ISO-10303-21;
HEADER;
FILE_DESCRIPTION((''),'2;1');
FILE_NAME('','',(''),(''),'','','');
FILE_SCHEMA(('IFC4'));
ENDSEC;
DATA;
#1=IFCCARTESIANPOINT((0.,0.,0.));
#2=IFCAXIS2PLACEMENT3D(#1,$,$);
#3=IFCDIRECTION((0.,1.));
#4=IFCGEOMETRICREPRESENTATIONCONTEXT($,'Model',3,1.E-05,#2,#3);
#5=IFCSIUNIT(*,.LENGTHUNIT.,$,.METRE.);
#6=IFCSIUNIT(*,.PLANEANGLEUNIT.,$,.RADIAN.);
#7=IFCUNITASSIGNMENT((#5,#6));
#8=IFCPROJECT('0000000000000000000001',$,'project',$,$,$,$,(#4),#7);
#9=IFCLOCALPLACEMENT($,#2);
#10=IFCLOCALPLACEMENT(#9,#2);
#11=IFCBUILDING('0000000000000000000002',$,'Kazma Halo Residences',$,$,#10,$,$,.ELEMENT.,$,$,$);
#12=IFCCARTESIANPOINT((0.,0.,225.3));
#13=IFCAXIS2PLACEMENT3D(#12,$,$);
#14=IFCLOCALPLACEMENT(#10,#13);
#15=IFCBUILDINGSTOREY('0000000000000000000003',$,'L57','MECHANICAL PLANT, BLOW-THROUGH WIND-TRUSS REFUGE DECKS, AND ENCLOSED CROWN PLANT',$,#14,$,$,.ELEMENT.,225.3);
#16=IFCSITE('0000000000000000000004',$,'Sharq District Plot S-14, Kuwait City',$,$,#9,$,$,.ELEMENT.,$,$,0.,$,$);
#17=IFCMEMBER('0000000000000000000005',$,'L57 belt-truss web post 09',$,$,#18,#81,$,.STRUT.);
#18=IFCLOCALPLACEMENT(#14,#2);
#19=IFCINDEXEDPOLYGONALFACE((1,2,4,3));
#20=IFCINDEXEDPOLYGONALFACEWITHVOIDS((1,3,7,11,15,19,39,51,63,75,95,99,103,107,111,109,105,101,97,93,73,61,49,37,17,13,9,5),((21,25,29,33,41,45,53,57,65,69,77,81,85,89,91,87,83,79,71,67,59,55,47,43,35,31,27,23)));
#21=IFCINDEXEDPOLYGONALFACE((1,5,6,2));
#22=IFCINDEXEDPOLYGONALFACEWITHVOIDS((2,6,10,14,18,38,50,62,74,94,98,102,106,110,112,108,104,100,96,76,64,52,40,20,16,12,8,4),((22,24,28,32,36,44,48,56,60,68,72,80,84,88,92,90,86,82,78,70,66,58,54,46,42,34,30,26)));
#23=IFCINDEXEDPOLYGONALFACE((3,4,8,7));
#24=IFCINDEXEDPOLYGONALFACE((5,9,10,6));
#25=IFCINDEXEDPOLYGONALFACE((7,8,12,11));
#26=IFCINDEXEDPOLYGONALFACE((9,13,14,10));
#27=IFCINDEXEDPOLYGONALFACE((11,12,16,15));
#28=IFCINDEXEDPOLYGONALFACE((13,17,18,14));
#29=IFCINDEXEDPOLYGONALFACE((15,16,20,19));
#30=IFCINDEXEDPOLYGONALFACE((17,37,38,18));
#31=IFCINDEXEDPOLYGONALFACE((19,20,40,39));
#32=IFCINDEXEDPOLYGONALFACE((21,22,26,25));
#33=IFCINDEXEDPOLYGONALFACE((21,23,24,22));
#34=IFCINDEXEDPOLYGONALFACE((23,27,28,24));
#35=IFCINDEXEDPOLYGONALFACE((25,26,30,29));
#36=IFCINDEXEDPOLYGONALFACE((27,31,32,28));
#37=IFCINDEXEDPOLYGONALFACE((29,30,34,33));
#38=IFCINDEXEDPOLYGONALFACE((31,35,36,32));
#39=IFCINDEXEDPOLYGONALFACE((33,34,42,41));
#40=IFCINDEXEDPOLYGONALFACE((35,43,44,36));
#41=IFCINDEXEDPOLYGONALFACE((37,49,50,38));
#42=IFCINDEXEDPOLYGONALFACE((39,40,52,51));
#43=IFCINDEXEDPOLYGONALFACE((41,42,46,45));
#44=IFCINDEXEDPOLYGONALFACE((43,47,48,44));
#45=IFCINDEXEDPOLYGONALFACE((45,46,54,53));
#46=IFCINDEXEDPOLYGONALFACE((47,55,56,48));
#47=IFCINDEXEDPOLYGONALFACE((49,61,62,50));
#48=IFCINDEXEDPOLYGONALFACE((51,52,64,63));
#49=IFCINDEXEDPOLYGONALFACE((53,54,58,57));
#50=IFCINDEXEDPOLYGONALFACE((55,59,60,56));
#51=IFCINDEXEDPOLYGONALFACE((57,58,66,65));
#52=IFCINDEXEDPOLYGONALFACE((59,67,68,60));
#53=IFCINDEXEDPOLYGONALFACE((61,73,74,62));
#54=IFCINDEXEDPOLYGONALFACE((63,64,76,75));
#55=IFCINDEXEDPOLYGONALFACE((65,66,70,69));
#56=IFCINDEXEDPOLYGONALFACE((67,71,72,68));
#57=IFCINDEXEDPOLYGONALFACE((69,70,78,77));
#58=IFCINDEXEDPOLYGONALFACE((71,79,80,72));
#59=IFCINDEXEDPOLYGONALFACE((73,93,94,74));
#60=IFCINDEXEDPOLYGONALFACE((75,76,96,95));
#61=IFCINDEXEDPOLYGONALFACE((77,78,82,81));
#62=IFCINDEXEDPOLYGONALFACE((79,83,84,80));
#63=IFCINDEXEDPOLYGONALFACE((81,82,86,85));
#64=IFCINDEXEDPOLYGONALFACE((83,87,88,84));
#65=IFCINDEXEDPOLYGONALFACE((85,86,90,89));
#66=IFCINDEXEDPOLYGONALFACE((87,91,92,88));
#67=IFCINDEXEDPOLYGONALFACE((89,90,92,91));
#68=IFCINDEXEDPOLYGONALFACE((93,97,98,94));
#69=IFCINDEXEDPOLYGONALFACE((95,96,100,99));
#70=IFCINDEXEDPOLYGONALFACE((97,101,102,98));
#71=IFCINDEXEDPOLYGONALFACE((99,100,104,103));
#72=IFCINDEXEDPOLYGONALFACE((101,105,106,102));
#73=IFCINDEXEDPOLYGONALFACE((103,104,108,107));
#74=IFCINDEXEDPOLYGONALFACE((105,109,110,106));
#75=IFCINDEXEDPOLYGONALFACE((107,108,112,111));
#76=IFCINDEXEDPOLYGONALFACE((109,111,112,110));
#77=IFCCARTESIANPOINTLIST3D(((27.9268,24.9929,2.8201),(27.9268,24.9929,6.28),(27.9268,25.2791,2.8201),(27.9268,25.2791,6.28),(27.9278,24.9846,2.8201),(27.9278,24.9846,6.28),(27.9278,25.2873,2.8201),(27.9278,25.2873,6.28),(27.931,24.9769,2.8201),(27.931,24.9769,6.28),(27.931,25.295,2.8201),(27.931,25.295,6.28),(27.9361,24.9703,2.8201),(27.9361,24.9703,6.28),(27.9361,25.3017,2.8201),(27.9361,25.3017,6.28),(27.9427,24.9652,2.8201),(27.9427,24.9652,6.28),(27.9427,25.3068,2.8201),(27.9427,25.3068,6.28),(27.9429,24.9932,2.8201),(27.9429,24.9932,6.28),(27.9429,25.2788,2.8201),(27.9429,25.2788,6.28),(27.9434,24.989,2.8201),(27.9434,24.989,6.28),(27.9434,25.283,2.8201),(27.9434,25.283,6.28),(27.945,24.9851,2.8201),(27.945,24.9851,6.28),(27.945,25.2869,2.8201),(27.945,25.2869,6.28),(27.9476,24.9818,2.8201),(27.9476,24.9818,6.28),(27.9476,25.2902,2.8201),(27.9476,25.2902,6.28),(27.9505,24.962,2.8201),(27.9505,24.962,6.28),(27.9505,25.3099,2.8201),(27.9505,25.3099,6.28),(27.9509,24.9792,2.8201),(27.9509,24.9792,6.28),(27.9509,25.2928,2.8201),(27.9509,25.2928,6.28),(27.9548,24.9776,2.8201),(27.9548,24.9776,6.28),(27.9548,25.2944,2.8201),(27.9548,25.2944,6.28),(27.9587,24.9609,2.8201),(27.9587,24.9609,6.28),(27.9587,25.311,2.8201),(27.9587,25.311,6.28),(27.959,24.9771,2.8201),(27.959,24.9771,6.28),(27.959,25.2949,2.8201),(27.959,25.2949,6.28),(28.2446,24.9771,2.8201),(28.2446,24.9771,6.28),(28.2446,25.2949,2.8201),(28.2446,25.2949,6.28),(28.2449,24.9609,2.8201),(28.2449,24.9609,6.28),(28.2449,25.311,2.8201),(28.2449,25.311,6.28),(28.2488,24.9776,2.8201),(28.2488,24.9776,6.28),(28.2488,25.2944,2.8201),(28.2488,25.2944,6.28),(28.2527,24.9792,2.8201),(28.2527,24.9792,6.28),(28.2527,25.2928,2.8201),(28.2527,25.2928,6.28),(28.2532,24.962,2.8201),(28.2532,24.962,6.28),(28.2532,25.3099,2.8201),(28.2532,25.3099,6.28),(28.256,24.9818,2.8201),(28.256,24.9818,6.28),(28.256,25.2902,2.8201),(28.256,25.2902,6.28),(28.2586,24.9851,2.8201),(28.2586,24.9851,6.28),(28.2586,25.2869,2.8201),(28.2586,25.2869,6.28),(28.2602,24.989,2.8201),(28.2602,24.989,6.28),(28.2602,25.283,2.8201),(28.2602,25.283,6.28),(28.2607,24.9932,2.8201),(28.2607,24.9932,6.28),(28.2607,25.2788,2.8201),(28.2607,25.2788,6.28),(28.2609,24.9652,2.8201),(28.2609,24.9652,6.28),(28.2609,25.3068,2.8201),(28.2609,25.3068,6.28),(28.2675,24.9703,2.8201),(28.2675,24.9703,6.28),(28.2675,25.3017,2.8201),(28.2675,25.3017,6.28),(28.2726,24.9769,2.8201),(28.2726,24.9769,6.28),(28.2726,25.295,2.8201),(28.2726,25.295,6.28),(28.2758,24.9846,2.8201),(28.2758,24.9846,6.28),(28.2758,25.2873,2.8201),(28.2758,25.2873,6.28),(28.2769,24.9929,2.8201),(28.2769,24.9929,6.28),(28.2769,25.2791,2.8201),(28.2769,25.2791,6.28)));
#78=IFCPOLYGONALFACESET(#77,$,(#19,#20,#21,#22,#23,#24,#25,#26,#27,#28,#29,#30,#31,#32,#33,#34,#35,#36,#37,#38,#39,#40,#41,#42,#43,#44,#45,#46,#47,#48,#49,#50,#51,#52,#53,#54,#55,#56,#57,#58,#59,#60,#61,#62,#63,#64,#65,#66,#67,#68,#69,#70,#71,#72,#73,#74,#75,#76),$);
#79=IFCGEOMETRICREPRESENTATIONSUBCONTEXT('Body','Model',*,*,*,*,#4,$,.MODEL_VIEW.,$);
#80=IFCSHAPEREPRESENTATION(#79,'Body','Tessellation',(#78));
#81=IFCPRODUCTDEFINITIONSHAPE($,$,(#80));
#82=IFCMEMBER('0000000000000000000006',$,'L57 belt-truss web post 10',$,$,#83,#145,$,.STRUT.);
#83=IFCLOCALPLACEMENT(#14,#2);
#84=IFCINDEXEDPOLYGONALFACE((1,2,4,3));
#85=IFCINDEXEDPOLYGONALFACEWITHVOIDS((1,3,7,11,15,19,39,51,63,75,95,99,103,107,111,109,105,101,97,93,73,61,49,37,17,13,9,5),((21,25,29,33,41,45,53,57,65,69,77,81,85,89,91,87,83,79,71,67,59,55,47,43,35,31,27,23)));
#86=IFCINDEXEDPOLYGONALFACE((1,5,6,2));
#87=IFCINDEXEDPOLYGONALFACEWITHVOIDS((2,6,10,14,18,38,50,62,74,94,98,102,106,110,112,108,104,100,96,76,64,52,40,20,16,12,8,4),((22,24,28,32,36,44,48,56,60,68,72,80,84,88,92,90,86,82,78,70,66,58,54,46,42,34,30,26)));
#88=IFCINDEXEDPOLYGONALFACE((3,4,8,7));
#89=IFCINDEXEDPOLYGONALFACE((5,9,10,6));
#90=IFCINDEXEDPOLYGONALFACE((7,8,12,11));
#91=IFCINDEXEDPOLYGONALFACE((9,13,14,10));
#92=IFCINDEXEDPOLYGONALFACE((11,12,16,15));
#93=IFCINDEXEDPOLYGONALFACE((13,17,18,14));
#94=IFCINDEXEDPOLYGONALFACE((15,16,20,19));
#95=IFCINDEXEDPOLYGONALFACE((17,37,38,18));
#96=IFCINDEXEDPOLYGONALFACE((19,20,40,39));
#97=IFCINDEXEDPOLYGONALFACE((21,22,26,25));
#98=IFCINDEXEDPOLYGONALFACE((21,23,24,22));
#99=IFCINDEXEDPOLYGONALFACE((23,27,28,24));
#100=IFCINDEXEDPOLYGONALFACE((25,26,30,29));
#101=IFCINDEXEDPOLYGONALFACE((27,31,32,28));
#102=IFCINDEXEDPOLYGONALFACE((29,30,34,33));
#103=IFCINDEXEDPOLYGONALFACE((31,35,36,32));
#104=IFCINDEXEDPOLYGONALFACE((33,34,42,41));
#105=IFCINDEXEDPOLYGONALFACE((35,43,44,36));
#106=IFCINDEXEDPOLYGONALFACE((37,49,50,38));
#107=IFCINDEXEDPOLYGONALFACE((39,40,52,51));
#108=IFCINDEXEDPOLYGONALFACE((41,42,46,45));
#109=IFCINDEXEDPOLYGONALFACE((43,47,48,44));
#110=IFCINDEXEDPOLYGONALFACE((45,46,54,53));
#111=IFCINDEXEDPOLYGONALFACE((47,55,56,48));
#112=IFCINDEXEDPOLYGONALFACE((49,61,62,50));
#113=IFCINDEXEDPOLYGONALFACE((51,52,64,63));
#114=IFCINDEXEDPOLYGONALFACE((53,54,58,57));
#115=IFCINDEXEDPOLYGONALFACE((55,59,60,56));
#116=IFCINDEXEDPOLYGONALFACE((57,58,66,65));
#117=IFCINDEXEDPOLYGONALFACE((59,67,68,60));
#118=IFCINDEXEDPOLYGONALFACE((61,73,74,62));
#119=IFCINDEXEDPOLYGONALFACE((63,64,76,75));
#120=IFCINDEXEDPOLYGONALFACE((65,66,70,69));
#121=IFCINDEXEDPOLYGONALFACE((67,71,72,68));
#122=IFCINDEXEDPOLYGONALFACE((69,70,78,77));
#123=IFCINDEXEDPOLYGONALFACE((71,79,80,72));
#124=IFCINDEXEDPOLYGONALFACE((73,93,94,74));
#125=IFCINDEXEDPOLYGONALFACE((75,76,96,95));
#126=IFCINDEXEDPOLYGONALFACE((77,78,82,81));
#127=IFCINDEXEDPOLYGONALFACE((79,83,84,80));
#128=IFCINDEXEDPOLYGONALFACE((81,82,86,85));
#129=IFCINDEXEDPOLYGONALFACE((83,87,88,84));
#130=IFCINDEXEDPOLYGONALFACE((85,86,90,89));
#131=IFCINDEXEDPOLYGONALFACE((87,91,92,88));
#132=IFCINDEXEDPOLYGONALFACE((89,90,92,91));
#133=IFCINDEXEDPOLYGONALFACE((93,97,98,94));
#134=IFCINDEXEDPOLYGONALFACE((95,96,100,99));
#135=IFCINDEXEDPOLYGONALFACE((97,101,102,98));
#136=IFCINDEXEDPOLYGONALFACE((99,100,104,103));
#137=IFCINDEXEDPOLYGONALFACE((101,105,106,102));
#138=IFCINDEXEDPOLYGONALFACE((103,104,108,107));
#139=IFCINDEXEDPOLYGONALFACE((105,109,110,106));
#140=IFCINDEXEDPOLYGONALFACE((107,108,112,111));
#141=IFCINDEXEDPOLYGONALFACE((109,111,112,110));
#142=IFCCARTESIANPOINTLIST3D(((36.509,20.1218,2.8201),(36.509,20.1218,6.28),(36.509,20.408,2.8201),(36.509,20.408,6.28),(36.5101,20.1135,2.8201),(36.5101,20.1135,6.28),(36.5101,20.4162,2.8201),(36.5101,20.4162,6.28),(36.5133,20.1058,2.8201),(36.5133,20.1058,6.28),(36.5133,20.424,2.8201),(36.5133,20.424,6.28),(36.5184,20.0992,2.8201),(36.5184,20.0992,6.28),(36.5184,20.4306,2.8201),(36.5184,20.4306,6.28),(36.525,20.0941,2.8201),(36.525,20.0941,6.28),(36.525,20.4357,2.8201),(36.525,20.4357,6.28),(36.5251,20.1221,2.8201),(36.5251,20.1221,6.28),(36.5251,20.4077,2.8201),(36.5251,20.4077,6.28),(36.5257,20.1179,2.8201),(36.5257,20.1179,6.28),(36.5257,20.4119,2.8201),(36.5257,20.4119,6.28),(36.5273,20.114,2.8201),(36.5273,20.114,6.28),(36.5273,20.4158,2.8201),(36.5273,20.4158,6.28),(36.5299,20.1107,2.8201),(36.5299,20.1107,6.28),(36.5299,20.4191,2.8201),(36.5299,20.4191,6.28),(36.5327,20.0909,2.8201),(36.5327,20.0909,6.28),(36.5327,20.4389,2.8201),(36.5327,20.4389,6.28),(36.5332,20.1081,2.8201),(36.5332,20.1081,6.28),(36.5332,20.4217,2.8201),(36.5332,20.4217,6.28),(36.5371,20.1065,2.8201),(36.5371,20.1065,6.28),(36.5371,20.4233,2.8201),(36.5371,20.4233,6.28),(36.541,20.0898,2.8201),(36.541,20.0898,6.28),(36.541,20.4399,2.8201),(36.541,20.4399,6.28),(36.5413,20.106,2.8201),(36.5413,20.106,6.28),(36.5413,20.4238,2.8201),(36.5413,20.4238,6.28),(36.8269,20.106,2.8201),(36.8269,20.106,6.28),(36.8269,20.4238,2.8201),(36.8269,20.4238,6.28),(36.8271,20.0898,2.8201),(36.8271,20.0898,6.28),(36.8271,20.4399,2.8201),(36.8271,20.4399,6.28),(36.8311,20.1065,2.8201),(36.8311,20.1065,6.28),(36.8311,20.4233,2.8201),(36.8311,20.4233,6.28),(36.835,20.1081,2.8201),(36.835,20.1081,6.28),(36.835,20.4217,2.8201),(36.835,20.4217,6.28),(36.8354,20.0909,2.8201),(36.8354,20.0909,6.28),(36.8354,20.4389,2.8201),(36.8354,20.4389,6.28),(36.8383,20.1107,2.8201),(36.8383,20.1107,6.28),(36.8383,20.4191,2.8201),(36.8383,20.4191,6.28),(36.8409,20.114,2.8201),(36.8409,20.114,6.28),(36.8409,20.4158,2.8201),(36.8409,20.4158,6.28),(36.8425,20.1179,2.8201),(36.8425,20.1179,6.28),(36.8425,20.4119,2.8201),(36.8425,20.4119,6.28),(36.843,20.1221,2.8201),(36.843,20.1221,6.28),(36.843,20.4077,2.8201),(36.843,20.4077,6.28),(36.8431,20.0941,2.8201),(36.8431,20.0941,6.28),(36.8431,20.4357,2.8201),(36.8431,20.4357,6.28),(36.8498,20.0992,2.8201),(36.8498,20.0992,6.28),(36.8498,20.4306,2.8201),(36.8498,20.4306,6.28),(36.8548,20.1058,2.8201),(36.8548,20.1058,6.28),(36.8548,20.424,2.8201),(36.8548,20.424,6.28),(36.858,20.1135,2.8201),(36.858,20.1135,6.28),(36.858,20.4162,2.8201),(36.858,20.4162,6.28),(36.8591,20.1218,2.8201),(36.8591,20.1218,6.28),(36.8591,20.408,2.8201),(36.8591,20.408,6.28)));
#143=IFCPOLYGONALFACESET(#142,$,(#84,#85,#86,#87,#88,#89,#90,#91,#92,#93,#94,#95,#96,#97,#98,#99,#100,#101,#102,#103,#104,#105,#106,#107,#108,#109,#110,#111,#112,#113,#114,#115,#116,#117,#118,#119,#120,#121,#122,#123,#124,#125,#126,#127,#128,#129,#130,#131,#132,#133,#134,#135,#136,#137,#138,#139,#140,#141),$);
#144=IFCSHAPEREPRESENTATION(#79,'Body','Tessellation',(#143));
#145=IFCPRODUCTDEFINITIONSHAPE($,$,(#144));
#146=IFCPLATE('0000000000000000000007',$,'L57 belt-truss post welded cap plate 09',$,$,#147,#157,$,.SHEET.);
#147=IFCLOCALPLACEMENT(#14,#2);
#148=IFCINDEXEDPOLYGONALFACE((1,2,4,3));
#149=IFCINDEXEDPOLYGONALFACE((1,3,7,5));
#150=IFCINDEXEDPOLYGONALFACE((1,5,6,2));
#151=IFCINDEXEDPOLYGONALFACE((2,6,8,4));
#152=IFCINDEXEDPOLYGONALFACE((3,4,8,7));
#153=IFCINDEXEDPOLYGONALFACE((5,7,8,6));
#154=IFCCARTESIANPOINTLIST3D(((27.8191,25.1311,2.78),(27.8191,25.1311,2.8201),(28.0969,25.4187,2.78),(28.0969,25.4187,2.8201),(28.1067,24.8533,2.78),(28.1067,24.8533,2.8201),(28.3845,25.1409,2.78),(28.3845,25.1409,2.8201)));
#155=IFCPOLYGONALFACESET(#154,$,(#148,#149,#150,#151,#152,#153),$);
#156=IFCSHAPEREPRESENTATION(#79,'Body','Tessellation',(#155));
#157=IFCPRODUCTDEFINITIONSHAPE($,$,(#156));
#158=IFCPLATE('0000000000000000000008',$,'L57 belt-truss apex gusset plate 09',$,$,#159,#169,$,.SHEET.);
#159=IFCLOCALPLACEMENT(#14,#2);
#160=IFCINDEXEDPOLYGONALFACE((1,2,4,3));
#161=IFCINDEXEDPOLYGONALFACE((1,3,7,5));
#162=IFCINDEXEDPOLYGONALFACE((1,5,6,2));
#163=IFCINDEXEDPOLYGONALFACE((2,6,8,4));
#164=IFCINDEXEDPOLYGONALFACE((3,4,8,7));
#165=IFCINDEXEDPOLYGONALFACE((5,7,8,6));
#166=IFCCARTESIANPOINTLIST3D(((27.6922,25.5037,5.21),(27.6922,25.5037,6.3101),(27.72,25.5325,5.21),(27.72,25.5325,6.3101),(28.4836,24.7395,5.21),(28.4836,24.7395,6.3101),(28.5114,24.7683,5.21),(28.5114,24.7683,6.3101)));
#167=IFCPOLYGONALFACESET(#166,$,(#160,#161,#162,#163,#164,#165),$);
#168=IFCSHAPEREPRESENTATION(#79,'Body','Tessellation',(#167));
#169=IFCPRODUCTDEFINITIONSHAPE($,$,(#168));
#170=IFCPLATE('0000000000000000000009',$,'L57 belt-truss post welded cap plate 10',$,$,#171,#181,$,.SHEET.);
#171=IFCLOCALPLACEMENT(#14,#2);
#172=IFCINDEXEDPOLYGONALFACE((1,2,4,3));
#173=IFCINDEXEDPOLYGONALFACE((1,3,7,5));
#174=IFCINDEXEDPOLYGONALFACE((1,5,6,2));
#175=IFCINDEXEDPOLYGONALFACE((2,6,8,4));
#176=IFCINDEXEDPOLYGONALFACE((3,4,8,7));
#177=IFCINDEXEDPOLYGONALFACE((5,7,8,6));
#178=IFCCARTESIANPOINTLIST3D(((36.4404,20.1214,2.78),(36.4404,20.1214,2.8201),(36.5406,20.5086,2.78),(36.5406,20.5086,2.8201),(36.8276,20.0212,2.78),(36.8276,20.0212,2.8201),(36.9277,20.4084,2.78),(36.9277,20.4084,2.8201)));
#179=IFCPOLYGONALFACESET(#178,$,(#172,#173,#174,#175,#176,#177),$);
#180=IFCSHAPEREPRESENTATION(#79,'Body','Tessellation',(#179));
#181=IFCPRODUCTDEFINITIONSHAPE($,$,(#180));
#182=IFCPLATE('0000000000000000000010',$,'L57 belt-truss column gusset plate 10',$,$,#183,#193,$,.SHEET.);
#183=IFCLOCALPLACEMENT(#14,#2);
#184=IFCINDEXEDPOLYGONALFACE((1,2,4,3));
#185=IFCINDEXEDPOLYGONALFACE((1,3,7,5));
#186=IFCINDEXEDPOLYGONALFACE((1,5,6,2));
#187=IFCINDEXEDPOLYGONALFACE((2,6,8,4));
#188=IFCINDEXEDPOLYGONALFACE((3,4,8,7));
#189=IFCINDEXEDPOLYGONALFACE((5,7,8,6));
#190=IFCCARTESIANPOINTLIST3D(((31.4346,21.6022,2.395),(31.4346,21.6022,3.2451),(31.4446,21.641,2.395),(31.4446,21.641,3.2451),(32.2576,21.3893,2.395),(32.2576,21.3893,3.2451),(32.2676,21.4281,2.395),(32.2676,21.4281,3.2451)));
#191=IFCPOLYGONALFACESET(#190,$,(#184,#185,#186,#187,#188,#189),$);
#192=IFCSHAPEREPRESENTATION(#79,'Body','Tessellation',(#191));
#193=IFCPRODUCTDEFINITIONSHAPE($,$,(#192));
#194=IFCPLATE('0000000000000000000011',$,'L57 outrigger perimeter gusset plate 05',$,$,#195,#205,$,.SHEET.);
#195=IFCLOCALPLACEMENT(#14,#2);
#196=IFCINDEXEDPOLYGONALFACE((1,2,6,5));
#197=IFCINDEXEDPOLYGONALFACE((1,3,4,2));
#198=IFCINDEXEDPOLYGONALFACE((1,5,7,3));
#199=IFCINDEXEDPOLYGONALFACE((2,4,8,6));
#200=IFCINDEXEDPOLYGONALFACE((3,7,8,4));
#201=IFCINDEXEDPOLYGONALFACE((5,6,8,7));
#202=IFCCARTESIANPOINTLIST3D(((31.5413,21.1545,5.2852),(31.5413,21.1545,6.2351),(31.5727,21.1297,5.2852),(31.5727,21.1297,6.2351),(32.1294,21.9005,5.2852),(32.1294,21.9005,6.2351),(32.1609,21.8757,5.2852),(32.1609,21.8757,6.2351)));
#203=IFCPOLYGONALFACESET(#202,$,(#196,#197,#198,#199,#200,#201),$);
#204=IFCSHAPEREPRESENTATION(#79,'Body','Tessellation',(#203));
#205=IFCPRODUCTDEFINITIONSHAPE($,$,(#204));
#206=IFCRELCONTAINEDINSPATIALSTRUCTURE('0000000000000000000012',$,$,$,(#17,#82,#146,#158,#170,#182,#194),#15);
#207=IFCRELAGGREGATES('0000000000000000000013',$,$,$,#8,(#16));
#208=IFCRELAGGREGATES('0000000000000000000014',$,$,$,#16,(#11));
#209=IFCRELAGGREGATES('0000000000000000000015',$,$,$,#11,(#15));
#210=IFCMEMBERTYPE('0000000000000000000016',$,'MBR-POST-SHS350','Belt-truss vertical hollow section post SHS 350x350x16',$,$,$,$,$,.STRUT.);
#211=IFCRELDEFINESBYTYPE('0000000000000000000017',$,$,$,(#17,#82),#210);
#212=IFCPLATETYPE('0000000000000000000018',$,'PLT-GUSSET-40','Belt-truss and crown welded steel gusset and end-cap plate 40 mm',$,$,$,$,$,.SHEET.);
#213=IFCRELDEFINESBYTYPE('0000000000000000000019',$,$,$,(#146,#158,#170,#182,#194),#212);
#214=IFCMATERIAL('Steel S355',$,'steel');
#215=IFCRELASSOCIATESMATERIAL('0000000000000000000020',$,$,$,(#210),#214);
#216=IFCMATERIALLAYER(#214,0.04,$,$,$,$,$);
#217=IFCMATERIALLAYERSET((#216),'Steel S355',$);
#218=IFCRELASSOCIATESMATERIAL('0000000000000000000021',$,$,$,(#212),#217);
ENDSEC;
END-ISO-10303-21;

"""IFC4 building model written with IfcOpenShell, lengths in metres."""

from ifc_helpers import new_model, si_unit, direction, frame, origin, origin_2d, place, context, subcontext, project, spatial, rectangle, hollow_rectangle, extrude, material, layer, layer_set, material_profile, profile_set, type_object, element, save


model = new_model("IFC4")

# Units and contexts
model_context = context("Model", 3, precision=1e-05, world=origin(), true_north=direction((0.0, 1.0)))
body_context = subcontext(model_context, "Body", "Model", "MODEL_VIEW")
ifc_project = project(units=[si_unit("LENGTHUNIT", "METRE"), si_unit("PLANEANGLEUNIT", "RADIAN")], contexts=[model_context])

# Site, building, storey
site_placement = place(None, origin())
site = spatial("IfcSite", under=ifc_project, at=site_placement, Name="Sharq District Plot S-14, Kuwait City", CompositionType="ELEMENT", RefElevation=0.0)
building_placement = place(site_placement, origin())
building = spatial("IfcBuilding", under=site, at=building_placement, Name="Kazma Halo Residences", CompositionType="ELEMENT")
storey_placement = place(building_placement, frame((0.0, 0.0, 225.3)))
storey = spatial("IfcBuildingStorey", under=building, at=storey_placement, Name="L57", Description="MECHANICAL PLANT, BLOW-THROUGH WIND-TRUSS REFUGE DECKS, AND ENCLOSED CROWN PLANT", CompositionType="ELEMENT", Elevation=225.3)

# Shared definitions
ifc_material_1 = material(Name="Steel S355", Category="steel")

# Members
ifc_material_profile_1 = material_profile(ifc_material_1, hollow_rectangle(XDim=0.3501, YDim=0.3501, WallThickness=0.0161, InnerFilletRadius=0.0161, OuterFilletRadius=0.032, at=origin_2d()), Name="SHS350x350x16")
ifc_profile_set_1 = profile_set([ifc_material_profile_1], Name="Steel S355")
member_type_1 = type_object("IfcMemberType", Name="MBR-POST-SHS350", Description="Belt-truss vertical hollow section post SHS 350x350x16", PredefinedType="STRUT", material=ifc_profile_set_1)
for number, where, z_axis, x_axis, name in (
    (1, (28.1018, 25.136, 2.8201), (0.0, 0.0, 1.0), (1.0, 0.0, 0.0), "L57 belt-truss web post 09"),
    (2, (36.6841, 20.2649, 2.8201), (0.0, 0.0, 1.0), (1.0, 0.0, 0.0), "L57 belt-truss web post 10"),
):
    element("IfcMember", number, at=place(storey_placement, frame(where, z_axis=z_axis, x_axis=x_axis)), inside=storey, type_object=member_type_1, Name=name, PredefinedType="STRUT", context=body_context, shape_type="SweptSolid", body=[
        extrude(hollow_rectangle(XDim=0.3501, YDim=0.3501, WallThickness=0.0161, InnerFilletRadius=0.0161, OuterFilletRadius=0.032, at=origin_2d()), origin(), (0.0, 0.0, 1.0), 3.46),
    ])

# Plates
ifc_layer_1 = layer(ifc_material_1, 0.04)
ifc_layer_set_1 = layer_set([ifc_layer_1], Name="Steel S355")
plate_type = type_object("IfcPlateType", Name="PLT-GUSSET-40", Description="Belt-truss and crown welded steel gusset and end-cap plate 40 mm", PredefinedType="SHEET", material=ifc_layer_set_1)
plate_1_placement = place(storey_placement, frame((28.1018, 25.136, 2.78), z_axis=(0.0, 0.0, 1.0), x_axis=(0.71934, -0.694658, 0.0)))
element("IfcPlate", 3, at=plate_1_placement, inside=storey, type_object=plate_type, Name="L57 belt-truss post welded cap plate 09", PredefinedType="SHEET", context=body_context, shape_type="SweptSolid", body=[
    extrude(rectangle(XDim=0.3999, YDim=0.3999, at=origin_2d()), origin(), (0.0, 0.0, 1.0), 0.04),
])
plate_2_placement = place(storey_placement, frame((28.1018, 25.136, 5.21), z_axis=(0.0, 0.0, 1.0), x_axis=(0.71934, -0.694658, 0.0)))
element("IfcPlate", 4, at=plate_2_placement, inside=storey, type_object=plate_type, Name="L57 belt-truss apex gusset plate 09", PredefinedType="SHEET", context=body_context, shape_type="SweptSolid", body=[
    extrude(rectangle(XDim=1.1001, YDim=0.04, at=origin_2d()), origin(), (0.0, 0.0, 1.0), 1.1001),
])
plate_3_placement = place(storey_placement, frame((36.6841, 20.2649, 2.78), z_axis=(0.0, 0.0, 1.0), x_axis=(0.968125, -0.250467, 0.0)))
element("IfcPlate", 5, at=plate_3_placement, inside=storey, type_object=plate_type, Name="L57 belt-truss post welded cap plate 10", PredefinedType="SHEET", context=body_context, shape_type="SweptSolid", body=[
    extrude(rectangle(XDim=0.3999, YDim=0.3999, at=origin_2d()), origin(), (0.0, 0.0, 1.0), 0.04),
])
plate_4_placement = place(storey_placement, frame((31.8511, 21.5151, 2.395), z_axis=(0.0, 0.0, 1.0), x_axis=(0.968125, -0.250467, 0.0)))
element("IfcPlate", 6, at=plate_4_placement, inside=storey, type_object=plate_type, Name="L57 belt-truss column gusset plate 10", PredefinedType="SHEET", context=body_context, shape_type="SweptSolid", body=[
    extrude(rectangle(XDim=0.8501, YDim=0.04, at=origin_2d()), origin(), (0.0, 0.0, 1.0), 0.8501),
])
plate_5_placement = place(storey_placement, frame((31.8511, 21.5151, 5.2852), z_axis=(0.0, 0.0, 1.0), x_axis=(-0.619093, -0.785317, 0.0)))
element("IfcPlate", 7, at=plate_5_placement, inside=storey, type_object=plate_type, Name="L57 outrigger perimeter gusset plate 05", PredefinedType="SHEET", context=body_context, shape_type="SweptSolid", body=[
    extrude(rectangle(XDim=0.95, YDim=0.04, at=origin_2d()), origin(), (0.0, 0.0, 1.0), 0.95),
])

save(model, "model.ifc")
